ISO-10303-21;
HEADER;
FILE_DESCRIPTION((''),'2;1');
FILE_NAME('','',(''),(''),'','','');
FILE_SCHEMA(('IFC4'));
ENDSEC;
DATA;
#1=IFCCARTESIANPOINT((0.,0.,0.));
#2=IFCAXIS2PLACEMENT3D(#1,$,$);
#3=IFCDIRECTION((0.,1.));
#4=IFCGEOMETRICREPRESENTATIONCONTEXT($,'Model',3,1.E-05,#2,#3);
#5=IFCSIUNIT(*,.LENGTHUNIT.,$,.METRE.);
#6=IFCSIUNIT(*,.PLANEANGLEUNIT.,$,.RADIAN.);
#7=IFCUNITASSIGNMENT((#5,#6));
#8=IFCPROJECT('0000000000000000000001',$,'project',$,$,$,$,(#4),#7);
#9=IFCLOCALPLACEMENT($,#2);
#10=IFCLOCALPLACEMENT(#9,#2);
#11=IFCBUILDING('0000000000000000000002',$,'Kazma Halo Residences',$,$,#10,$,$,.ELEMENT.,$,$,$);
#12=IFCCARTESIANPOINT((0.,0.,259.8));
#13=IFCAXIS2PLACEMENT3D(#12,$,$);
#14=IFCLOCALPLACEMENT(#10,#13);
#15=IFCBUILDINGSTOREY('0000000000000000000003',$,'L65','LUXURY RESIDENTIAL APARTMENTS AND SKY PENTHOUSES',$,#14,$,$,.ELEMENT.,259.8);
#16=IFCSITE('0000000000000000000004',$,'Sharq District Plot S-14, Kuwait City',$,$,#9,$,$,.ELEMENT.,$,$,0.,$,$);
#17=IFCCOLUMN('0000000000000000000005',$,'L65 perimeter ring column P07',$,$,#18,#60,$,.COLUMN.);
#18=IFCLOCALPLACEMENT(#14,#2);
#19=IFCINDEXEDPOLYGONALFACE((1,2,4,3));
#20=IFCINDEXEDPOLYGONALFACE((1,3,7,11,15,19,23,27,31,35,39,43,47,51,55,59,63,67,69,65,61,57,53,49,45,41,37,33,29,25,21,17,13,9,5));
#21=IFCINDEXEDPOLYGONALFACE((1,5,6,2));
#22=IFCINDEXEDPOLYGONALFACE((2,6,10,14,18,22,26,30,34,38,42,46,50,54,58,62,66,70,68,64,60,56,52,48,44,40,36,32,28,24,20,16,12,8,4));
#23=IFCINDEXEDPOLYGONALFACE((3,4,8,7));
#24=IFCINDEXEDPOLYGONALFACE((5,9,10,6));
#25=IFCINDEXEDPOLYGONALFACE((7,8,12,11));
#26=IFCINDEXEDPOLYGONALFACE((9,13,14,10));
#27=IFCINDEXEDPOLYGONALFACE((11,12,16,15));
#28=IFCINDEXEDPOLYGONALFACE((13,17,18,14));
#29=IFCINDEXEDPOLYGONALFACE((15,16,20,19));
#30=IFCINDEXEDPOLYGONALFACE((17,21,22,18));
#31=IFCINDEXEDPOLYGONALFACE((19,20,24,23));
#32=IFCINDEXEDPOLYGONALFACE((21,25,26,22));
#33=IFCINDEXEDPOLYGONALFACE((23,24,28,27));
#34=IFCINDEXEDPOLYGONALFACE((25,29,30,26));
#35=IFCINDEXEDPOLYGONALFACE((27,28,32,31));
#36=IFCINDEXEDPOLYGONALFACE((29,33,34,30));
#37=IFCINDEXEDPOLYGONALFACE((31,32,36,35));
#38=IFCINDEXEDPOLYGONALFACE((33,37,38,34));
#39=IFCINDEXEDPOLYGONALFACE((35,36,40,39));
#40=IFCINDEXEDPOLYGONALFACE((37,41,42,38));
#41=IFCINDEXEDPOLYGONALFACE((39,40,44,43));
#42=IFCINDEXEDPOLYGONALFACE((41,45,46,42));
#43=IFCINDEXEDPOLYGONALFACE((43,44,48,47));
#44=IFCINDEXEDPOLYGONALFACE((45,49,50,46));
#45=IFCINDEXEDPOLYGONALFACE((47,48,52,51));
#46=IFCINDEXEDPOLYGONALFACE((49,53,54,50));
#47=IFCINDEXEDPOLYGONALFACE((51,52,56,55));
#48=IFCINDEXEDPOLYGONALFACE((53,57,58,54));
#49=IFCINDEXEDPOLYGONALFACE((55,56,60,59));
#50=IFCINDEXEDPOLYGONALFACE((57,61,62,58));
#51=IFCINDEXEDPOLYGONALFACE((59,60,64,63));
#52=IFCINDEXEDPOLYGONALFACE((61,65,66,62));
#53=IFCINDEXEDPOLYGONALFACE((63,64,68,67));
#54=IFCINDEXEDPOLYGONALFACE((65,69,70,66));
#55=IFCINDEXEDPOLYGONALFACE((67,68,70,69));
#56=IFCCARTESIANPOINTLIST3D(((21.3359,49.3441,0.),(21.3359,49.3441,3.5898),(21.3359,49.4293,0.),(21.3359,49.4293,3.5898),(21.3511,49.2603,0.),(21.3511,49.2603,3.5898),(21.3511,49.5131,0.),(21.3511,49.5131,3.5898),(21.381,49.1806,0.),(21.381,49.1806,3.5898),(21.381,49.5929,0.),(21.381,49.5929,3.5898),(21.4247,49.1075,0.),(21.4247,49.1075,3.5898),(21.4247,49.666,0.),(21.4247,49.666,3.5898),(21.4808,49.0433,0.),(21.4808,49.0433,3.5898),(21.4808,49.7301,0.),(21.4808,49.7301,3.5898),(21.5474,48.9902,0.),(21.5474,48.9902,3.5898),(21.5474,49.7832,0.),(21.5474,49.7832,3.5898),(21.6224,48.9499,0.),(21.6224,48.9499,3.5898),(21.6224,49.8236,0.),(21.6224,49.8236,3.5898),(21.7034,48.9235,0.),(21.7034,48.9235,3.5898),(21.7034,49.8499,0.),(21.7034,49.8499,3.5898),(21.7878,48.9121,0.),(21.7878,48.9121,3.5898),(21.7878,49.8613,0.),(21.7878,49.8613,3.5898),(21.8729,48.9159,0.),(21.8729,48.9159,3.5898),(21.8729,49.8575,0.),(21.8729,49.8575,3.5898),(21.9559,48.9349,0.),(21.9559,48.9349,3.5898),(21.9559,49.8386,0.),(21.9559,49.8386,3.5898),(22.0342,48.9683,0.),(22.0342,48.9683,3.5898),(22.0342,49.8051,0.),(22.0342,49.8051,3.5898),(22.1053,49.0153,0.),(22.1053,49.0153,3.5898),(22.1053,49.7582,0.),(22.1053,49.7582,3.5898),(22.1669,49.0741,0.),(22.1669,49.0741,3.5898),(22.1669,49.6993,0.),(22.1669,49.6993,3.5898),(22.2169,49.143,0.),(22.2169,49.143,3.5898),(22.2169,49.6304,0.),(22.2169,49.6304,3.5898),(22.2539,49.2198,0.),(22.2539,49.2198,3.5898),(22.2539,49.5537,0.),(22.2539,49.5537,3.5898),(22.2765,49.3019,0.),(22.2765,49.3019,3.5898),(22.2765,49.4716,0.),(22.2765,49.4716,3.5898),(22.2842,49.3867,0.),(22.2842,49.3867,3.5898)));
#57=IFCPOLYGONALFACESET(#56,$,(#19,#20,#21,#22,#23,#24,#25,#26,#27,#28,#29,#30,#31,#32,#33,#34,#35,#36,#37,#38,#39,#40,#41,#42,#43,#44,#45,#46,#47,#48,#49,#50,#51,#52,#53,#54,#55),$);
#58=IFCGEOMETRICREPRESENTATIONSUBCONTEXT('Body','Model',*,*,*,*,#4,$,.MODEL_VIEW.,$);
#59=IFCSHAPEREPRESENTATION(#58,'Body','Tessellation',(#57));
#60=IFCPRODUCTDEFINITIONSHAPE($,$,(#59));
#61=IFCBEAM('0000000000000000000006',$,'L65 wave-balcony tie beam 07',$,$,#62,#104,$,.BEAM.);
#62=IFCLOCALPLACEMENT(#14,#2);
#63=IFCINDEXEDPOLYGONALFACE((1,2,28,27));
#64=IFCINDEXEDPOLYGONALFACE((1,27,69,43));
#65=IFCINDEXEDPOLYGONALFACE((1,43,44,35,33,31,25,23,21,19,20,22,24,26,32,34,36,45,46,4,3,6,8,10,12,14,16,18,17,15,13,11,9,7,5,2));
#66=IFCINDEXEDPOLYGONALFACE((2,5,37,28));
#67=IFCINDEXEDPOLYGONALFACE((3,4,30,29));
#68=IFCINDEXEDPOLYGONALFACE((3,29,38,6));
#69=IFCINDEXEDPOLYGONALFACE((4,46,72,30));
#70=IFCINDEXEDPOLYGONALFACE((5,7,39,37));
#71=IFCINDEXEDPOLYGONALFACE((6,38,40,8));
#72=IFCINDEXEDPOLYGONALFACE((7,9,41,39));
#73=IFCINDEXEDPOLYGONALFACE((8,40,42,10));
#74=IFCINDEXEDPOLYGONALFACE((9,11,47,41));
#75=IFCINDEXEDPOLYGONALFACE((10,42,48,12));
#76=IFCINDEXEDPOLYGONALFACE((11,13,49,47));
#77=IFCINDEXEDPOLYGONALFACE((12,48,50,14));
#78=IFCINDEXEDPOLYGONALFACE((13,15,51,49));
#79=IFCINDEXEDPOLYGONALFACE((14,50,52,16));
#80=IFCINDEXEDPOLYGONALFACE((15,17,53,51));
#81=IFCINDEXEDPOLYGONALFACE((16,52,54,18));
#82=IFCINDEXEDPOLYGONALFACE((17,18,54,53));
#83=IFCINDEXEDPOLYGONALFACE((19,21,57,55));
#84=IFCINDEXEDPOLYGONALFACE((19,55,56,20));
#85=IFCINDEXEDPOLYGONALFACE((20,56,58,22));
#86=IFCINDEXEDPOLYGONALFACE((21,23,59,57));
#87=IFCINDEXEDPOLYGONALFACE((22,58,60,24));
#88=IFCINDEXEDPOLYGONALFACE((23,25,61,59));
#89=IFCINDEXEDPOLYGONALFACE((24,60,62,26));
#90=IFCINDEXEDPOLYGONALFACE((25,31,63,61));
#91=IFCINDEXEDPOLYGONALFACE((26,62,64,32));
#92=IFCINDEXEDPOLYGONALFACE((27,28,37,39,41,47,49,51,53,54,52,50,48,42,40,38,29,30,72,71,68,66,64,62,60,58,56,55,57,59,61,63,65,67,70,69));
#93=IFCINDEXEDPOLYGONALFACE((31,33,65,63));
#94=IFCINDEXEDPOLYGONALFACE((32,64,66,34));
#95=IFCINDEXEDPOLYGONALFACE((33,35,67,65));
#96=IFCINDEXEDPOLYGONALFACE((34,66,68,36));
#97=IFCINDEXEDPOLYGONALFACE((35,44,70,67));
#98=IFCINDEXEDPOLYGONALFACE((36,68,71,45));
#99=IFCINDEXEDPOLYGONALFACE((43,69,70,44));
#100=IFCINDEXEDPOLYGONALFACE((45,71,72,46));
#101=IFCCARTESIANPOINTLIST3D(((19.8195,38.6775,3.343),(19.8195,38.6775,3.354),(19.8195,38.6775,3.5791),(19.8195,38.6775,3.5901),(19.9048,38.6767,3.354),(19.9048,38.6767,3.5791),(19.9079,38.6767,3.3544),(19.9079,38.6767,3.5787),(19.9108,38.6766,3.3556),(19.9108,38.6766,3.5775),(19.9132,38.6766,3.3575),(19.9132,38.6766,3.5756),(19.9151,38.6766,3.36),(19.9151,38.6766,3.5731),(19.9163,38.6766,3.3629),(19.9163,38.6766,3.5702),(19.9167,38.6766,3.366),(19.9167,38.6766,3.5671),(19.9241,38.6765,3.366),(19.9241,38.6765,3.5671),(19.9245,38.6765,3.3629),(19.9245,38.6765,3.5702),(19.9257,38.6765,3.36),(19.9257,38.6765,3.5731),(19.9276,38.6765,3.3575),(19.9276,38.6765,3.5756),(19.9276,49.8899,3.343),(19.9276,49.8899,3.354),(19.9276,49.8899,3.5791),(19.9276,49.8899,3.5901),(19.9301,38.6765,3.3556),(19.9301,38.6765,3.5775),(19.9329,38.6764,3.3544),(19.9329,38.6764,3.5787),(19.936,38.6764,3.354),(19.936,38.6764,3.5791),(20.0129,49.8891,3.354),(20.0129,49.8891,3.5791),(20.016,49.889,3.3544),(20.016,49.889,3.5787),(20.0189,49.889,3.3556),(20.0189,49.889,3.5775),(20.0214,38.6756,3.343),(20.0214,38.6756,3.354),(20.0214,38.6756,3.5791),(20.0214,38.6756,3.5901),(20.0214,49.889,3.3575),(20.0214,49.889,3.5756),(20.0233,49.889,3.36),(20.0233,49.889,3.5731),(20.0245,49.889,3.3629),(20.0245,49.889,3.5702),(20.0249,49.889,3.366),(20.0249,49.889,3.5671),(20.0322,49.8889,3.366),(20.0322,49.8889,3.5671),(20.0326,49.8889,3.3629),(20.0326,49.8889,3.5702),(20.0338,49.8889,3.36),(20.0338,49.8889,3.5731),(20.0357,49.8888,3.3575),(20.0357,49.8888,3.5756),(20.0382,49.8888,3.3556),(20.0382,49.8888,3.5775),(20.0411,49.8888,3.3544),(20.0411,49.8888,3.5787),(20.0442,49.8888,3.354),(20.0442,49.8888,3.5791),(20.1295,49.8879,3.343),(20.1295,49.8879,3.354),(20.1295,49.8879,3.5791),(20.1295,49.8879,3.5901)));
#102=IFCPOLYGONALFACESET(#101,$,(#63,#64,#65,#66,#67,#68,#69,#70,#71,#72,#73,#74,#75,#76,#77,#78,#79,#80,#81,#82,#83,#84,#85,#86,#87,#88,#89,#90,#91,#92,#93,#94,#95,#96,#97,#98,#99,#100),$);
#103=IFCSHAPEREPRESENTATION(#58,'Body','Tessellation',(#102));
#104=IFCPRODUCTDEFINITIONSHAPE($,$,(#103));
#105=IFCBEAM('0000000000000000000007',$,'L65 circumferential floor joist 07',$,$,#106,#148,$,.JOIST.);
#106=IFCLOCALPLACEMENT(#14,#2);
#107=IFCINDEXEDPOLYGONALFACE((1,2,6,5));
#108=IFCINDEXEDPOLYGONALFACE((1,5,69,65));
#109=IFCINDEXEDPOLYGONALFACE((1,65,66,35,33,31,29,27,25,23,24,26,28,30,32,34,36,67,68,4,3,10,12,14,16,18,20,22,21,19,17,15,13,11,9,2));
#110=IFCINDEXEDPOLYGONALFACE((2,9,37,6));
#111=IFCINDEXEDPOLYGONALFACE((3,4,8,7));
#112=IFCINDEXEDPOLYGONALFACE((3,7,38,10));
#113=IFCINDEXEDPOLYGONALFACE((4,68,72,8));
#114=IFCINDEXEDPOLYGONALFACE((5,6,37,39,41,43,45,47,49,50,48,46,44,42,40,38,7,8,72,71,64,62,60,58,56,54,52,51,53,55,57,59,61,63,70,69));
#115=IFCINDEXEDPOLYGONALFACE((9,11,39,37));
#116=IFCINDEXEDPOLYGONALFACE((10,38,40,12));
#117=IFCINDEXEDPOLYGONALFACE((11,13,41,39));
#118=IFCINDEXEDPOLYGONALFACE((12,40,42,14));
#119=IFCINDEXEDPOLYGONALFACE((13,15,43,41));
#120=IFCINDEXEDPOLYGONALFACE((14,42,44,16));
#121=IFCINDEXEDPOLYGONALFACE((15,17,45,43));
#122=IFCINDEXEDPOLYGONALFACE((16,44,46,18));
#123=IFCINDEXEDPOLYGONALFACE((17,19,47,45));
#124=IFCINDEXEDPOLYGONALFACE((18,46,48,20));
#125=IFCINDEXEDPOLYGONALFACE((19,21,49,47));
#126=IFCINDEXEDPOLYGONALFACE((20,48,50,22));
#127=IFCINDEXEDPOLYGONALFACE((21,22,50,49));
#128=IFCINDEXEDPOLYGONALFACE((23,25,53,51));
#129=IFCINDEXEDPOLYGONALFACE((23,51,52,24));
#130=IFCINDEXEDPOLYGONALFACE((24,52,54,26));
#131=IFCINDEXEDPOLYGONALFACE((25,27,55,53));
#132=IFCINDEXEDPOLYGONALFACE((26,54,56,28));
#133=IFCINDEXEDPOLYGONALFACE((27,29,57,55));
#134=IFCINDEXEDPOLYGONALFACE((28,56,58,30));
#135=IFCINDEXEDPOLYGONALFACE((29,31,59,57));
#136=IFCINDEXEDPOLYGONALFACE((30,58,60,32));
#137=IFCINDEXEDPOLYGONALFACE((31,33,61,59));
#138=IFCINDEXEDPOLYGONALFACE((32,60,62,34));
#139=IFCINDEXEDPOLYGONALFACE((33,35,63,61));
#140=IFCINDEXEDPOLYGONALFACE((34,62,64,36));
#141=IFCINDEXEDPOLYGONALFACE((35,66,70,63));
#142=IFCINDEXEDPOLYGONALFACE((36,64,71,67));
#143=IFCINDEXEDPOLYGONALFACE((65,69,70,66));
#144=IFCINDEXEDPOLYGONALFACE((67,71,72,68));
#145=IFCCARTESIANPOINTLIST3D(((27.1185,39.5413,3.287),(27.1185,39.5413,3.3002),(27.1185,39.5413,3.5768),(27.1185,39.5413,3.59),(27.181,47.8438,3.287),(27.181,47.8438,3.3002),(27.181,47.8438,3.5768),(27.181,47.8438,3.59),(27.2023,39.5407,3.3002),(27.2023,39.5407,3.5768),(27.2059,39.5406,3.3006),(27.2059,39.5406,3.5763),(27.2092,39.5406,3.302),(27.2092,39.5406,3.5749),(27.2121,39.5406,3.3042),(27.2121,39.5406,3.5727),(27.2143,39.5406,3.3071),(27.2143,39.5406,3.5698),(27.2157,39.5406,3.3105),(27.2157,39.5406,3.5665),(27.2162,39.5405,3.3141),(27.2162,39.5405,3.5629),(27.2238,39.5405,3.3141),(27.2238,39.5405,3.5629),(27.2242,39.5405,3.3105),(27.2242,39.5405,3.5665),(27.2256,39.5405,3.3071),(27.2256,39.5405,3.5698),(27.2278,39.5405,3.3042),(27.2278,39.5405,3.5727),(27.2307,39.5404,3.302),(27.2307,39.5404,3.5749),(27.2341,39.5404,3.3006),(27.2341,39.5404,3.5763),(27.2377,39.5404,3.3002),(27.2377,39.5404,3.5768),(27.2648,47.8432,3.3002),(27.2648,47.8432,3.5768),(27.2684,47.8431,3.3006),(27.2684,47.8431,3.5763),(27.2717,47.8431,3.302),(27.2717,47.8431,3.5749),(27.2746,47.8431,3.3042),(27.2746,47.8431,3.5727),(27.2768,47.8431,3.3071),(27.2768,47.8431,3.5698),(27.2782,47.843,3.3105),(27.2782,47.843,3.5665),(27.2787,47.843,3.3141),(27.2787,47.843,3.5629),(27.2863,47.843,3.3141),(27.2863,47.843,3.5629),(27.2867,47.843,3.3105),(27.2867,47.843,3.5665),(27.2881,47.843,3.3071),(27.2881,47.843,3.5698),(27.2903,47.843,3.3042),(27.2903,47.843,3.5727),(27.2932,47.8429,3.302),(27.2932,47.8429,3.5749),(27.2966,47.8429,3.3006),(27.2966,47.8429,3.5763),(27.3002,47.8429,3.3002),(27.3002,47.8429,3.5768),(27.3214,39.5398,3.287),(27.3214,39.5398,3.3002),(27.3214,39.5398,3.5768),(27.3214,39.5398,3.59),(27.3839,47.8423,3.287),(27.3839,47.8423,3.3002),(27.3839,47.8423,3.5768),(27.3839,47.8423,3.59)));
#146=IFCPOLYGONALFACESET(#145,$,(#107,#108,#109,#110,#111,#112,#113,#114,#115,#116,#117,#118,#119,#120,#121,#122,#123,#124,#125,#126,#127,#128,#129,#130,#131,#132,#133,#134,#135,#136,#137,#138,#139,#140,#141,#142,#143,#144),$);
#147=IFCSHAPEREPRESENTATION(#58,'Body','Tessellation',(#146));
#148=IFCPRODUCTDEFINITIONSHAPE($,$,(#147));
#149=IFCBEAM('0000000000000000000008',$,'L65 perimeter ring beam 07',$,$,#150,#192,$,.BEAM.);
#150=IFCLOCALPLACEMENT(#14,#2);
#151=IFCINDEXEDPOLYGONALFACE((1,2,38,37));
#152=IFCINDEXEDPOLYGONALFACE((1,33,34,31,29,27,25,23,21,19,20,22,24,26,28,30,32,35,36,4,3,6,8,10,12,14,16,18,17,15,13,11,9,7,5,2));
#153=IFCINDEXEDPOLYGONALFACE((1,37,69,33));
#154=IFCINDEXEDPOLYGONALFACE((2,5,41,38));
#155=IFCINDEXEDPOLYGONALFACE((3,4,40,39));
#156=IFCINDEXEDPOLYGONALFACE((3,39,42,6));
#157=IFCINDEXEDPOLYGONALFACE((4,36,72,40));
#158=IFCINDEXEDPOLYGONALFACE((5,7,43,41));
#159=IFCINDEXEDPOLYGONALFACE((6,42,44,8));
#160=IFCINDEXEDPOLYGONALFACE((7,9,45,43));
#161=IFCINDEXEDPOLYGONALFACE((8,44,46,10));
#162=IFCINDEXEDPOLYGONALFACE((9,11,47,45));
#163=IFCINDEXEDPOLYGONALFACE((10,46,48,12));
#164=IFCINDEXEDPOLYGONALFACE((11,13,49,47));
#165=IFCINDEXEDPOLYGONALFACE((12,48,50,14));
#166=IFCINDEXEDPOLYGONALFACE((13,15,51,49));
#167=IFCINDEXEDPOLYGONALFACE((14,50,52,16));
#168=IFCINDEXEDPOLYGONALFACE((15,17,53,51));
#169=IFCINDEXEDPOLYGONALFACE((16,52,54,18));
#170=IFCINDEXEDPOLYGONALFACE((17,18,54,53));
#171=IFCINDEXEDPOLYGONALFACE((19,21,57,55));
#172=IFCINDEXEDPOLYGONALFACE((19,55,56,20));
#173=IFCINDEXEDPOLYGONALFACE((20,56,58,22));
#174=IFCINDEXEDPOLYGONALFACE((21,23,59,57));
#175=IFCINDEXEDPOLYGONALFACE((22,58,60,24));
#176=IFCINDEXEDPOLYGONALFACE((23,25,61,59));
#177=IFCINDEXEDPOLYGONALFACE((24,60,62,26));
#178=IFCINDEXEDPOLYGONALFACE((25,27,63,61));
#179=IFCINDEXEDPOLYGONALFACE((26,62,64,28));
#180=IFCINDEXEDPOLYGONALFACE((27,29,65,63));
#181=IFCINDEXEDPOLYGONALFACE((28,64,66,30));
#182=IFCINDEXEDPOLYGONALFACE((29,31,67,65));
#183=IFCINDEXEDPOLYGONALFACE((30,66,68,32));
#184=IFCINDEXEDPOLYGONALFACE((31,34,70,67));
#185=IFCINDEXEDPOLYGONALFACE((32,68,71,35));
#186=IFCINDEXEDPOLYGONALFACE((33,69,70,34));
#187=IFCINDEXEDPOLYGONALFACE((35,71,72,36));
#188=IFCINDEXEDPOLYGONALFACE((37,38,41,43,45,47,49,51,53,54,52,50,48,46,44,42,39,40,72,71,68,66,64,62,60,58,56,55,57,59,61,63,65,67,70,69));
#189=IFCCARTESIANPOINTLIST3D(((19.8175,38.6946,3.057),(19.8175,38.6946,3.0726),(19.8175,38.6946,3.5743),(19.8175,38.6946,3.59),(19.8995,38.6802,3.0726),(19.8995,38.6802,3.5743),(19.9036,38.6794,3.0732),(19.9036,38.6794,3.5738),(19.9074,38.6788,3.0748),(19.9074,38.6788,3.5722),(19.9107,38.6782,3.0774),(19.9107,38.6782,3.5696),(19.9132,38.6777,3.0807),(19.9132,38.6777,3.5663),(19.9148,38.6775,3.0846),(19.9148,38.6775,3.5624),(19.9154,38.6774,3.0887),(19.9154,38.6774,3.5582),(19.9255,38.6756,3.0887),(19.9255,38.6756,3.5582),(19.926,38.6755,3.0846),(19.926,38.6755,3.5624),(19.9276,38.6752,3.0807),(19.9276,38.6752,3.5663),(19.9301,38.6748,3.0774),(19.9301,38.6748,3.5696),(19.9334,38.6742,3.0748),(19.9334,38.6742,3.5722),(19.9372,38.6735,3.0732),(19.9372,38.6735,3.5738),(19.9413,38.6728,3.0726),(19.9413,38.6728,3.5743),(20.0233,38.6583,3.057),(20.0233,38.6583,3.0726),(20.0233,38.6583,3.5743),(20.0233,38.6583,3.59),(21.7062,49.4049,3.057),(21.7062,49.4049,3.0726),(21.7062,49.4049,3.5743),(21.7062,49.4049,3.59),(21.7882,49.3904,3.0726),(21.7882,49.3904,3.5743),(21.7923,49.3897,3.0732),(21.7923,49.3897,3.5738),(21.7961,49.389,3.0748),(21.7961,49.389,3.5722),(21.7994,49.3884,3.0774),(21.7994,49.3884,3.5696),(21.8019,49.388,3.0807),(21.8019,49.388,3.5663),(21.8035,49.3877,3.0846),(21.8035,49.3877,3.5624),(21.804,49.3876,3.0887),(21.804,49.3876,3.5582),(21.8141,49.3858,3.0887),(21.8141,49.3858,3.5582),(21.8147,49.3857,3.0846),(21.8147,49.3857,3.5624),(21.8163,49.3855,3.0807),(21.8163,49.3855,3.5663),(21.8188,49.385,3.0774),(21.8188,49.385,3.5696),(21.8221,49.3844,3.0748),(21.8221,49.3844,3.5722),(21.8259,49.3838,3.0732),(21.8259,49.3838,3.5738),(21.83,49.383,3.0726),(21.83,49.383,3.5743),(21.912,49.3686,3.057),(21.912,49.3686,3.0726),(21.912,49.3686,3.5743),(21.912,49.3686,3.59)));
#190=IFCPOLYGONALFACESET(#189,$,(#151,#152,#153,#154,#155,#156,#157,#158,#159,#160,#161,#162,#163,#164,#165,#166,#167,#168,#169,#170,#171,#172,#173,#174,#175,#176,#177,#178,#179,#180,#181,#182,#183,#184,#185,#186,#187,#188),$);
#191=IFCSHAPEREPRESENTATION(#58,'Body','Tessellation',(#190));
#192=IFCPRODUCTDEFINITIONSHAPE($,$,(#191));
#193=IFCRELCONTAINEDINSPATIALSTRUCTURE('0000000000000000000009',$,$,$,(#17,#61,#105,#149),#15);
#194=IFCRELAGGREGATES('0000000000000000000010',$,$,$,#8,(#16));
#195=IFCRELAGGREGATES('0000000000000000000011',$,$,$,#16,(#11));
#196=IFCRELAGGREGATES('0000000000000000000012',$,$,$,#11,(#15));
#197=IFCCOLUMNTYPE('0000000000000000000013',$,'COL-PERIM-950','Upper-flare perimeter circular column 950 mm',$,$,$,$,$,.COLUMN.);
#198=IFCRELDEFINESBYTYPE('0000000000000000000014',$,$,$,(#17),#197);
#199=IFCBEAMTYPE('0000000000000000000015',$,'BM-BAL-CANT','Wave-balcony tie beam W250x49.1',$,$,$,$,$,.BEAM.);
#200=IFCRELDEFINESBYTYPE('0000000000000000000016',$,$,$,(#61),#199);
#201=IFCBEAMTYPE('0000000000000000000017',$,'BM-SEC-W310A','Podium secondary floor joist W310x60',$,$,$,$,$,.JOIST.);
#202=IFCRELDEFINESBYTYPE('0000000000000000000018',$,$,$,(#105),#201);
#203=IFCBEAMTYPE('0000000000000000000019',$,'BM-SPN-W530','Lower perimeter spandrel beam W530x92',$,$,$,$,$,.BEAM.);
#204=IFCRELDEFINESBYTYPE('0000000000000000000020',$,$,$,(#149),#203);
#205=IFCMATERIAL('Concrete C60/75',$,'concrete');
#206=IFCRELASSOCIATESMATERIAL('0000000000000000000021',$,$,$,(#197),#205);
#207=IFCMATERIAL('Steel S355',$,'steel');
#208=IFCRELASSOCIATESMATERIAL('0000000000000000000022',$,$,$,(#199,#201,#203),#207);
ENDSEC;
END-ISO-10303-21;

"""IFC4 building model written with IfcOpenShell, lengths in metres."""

from ifc_helpers import new_model, si_unit, direction, frame, origin, origin_2d, place, context, subcontext, project, spatial, circle, i_section, extrude, material, material_profile, profile_set, type_object, element, save


model = new_model("IFC4")

# Units and contexts
model_context = context("Model", 3, precision=1e-05, world=origin(), true_north=direction((0.0, 1.0)))
body_context = subcontext(model_context, "Body", "Model", "MODEL_VIEW")
ifc_project = project(units=[si_unit("LENGTHUNIT", "METRE"), si_unit("PLANEANGLEUNIT", "RADIAN")], contexts=[model_context])

# Site, building, storey
site_placement = place(None, origin())
site = spatial("IfcSite", under=ifc_project, at=site_placement, Name="Sharq District Plot S-14, Kuwait City", CompositionType="ELEMENT", RefElevation=0.0)
building_placement = place(site_placement, origin())
building = spatial("IfcBuilding", under=site, at=building_placement, Name="Kazma Halo Residences", CompositionType="ELEMENT")
storey_placement = place(building_placement, frame((0.0, 0.0, 259.8)))
storey = spatial("IfcBuildingStorey", under=building, at=storey_placement, Name="L65", Description="LUXURY RESIDENTIAL APARTMENTS AND SKY PENTHOUSES", CompositionType="ELEMENT", Elevation=259.8)

# Column
ifc_material_1 = material(Name="Concrete C60/75", Category="concrete")
ifc_material_profile_1 = material_profile(ifc_material_1, circle(Radius=0.4751, at=origin_2d()), Name="CIRC950")
ifc_profile_set_1 = profile_set([ifc_material_profile_1], Name="Concrete C60/75")
column_type = type_object("IfcColumnType", Name="COL-PERIM-950", Description="Upper-flare perimeter circular column 950 mm", PredefinedType="COLUMN", material=ifc_profile_set_1)
column_placement = place(storey_placement, frame((21.8091, 49.3867, 0.0), z_axis=(0.0, 0.0, 1.0), x_axis=(1.0, 0.0, 0.0)))
element("IfcColumn", 1, at=column_placement, inside=storey, type_object=column_type, Name="L65 perimeter ring column P07", PredefinedType="COLUMN", context=body_context, shape_type="SweptSolid", body=[
    extrude(circle(Radius=0.4751, at=origin_2d()), origin(), (0.0, 0.0, 1.0), 3.5898),
])

# Beams
ifc_material_2 = material(Name="Steel S355", Category="steel")
ifc_material_profile_2 = material_profile(ifc_material_2, i_section(OverallWidth=0.2019, OverallDepth=0.2471, WebThickness=0.0073, FlangeThickness=0.011, FilletRadius=0.012, at=origin_2d()), Name="W250x49.1")
ifc_profile_set_2 = profile_set([ifc_material_profile_2], Name="Steel S355")
beam_type_1 = type_object("IfcBeamType", Name="BM-BAL-CANT", Description="Wave-balcony tie beam W250x49.1", PredefinedType="BEAM", material=ifc_profile_set_2)
beam_1_placement = place(storey_placement, frame((20.0286, 49.8889, 3.4666), z_axis=(-0.009646, -0.999953, 0.0), x_axis=(0.999953, -0.009646, 0.0)))
element("IfcBeam", 2, at=beam_1_placement, inside=storey, type_object=beam_type_1, Name="L65 wave-balcony tie beam 07", PredefinedType="BEAM", context=body_context, shape_type="SweptSolid", body=[
    extrude(i_section(OverallWidth=0.2019, OverallDepth=0.2471, WebThickness=0.0073, FlangeThickness=0.011, FilletRadius=0.012, at=origin_2d()), origin(), (0.0, 0.0, 1.0), 11.2129),
])
ifc_material_profile_3 = material_profile(ifc_material_2, i_section(OverallWidth=0.2029, OverallDepth=0.303, WebThickness=0.0076, FlangeThickness=0.0132, FilletRadius=0.0139, at=origin_2d()), Name="W310x60")
ifc_profile_set_3 = profile_set([ifc_material_profile_3], Name="Steel S355")
beam_type_2 = type_object("IfcBeamType", Name="BM-SEC-W310A", Description="Podium secondary floor joist W310x60", PredefinedType="JOIST", material=ifc_profile_set_3)
beam_2_placement = place(storey_placement, frame((27.2825, 47.843, 3.4385), z_axis=(-0.007528, -0.999972, 0.0), x_axis=(0.999972, -0.007528, 0.0)))
element("IfcBeam", 3, at=beam_2_placement, inside=storey, type_object=beam_type_2, Name="L65 circumferential floor joist 07", PredefinedType="JOIST", context=body_context, shape_type="SweptSolid", body=[
    extrude(i_section(OverallWidth=0.2029, OverallDepth=0.303, WebThickness=0.0076, FlangeThickness=0.0132, FilletRadius=0.0139, at=origin_2d()), origin(), (0.0, 0.0, 1.0), 8.3027),
])
ifc_material_profile_4 = material_profile(ifc_material_2, i_section(OverallWidth=0.209, OverallDepth=0.533, WebThickness=0.0103, FlangeThickness=0.0156, FilletRadius=0.0161, at=origin_2d()), Name="W530x92")
ifc_profile_set_4 = profile_set([ifc_material_profile_4], Name="Steel S355")
beam_type_3 = type_object("IfcBeamType", Name="BM-SPN-W530", Description="Lower perimeter spandrel beam W530x92", PredefinedType="BEAM", material=ifc_profile_set_4)
beam_3_placement = place(storey_placement, frame((21.8091, 49.3867, 3.3235), z_axis=(-0.173664, -0.984805, 0.0), x_axis=(0.984805, -0.173664, 0.0)))
element("IfcBeam", 4, at=beam_3_placement, inside=storey, type_object=beam_type_3, Name="L65 perimeter ring beam 07", PredefinedType="BEAM", context=body_context, shape_type="SweptSolid", body=[
    extrude(i_section(OverallWidth=0.209, OverallDepth=0.533, WebThickness=0.0103, FlangeThickness=0.0156, FilletRadius=0.0161, at=origin_2d()), origin(), (0.0, 0.0, 1.0), 10.8755),
])

save(model, "model.ifc")
